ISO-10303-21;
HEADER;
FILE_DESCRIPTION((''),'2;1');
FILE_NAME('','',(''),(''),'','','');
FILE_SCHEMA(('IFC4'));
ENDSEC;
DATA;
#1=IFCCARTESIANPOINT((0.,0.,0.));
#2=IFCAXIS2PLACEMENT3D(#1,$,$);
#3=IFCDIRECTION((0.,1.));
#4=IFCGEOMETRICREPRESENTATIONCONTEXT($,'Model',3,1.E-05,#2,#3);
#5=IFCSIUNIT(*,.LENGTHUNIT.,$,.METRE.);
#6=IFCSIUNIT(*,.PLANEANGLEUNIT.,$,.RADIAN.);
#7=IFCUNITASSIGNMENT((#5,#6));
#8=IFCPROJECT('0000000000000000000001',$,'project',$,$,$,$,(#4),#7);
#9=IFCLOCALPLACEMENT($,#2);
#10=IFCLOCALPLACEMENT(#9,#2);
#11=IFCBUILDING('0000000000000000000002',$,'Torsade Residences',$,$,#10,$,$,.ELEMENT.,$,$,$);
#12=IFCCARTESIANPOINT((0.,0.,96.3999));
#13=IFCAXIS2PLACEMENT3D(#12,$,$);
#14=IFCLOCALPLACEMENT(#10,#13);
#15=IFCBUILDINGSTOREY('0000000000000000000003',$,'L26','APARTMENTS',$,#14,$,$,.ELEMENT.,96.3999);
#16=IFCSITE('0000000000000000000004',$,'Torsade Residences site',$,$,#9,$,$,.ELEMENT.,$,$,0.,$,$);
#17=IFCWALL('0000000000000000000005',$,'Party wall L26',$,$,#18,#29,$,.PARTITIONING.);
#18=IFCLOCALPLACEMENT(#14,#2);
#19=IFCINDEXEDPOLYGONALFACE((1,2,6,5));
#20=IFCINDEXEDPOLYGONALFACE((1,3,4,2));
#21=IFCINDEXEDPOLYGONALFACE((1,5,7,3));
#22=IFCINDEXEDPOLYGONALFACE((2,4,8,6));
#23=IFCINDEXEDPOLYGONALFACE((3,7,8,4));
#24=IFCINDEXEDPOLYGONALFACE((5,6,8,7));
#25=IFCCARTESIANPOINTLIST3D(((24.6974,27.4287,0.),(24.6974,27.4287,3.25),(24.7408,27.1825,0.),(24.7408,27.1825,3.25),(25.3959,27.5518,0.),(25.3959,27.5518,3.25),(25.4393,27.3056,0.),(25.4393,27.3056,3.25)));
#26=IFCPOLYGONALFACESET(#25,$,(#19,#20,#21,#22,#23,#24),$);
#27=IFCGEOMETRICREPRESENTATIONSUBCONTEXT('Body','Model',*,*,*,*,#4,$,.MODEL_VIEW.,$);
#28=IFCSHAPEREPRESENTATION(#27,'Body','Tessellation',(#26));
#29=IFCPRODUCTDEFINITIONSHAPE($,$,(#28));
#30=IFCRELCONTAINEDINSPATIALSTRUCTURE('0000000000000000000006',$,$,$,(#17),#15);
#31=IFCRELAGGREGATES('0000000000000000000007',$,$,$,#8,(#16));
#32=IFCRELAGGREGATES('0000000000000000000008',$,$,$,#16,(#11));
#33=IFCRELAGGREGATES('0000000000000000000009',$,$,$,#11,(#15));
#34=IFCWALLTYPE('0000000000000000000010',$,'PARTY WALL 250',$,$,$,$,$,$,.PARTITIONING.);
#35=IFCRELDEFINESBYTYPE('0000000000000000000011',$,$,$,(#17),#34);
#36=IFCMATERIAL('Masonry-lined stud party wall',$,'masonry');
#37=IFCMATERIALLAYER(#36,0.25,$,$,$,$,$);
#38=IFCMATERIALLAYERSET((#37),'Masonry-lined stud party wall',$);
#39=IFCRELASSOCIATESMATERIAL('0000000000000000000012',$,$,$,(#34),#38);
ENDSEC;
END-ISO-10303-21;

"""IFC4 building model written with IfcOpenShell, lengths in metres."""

from ifc_helpers import new_model, si_unit, direction, frame, frame_2d, origin, place, context, subcontext, project, spatial, rectangle, extrude, material, layer, layer_set, type_object, element, save


model = new_model("IFC4")

# Units and contexts
model_context = context("Model", 3, precision=1e-05, world=origin(), true_north=direction((0.0, 1.0)))
body_context = subcontext(model_context, "Body", "Model", "MODEL_VIEW")
ifc_project = project(units=[si_unit("LENGTHUNIT", "METRE"), si_unit("PLANEANGLEUNIT", "RADIAN")], contexts=[model_context])

# Site, building, storey
site_placement = place(None, origin())
site = spatial("IfcSite", under=ifc_project, at=site_placement, Name="Torsade Residences site", CompositionType="ELEMENT", RefElevation=0.0)
building_placement = place(site_placement, origin())
building = spatial("IfcBuilding", under=site, at=building_placement, Name="Torsade Residences", CompositionType="ELEMENT")
storey_placement = place(building_placement, frame((0.0, 0.0, 96.3999)))
storey = spatial("IfcBuildingStorey", under=building, at=storey_placement, Name="L26", Description="APARTMENTS", CompositionType="ELEMENT", Elevation=96.3999)

# Wall
ifc_material_1 = material(Name="Masonry-lined stud party wall", Category="masonry")
ifc_layer_1 = layer(ifc_material_1, 0.25)
ifc_layer_set_1 = layer_set([ifc_layer_1], Name="Masonry-lined stud party wall")
wall_type_1 = type_object("IfcWallType", Name="PARTY WALL 250", PredefinedType="PARTITIONING", material=ifc_layer_set_1)
wall_1_placement = place(storey_placement, frame((24.7192, 27.3057, 0.0), z_axis=(0.0, 0.0, 1.0), x_axis=(0.984835, 0.173491, 0.0)))
element("IfcWall", 1, at=wall_1_placement, inside=storey, type_object=wall_type_1, Name="Party wall L26", PredefinedType="PARTITIONING", context=body_context, shape_type="SweptSolid", body=[
    extrude(rectangle(XDim=0.7092, YDim=0.25, at=frame_2d((0.3545, 0.0))), origin(), (0.0, 0.0, 1.0), 3.25),
])

save(model, "model.ifc")
